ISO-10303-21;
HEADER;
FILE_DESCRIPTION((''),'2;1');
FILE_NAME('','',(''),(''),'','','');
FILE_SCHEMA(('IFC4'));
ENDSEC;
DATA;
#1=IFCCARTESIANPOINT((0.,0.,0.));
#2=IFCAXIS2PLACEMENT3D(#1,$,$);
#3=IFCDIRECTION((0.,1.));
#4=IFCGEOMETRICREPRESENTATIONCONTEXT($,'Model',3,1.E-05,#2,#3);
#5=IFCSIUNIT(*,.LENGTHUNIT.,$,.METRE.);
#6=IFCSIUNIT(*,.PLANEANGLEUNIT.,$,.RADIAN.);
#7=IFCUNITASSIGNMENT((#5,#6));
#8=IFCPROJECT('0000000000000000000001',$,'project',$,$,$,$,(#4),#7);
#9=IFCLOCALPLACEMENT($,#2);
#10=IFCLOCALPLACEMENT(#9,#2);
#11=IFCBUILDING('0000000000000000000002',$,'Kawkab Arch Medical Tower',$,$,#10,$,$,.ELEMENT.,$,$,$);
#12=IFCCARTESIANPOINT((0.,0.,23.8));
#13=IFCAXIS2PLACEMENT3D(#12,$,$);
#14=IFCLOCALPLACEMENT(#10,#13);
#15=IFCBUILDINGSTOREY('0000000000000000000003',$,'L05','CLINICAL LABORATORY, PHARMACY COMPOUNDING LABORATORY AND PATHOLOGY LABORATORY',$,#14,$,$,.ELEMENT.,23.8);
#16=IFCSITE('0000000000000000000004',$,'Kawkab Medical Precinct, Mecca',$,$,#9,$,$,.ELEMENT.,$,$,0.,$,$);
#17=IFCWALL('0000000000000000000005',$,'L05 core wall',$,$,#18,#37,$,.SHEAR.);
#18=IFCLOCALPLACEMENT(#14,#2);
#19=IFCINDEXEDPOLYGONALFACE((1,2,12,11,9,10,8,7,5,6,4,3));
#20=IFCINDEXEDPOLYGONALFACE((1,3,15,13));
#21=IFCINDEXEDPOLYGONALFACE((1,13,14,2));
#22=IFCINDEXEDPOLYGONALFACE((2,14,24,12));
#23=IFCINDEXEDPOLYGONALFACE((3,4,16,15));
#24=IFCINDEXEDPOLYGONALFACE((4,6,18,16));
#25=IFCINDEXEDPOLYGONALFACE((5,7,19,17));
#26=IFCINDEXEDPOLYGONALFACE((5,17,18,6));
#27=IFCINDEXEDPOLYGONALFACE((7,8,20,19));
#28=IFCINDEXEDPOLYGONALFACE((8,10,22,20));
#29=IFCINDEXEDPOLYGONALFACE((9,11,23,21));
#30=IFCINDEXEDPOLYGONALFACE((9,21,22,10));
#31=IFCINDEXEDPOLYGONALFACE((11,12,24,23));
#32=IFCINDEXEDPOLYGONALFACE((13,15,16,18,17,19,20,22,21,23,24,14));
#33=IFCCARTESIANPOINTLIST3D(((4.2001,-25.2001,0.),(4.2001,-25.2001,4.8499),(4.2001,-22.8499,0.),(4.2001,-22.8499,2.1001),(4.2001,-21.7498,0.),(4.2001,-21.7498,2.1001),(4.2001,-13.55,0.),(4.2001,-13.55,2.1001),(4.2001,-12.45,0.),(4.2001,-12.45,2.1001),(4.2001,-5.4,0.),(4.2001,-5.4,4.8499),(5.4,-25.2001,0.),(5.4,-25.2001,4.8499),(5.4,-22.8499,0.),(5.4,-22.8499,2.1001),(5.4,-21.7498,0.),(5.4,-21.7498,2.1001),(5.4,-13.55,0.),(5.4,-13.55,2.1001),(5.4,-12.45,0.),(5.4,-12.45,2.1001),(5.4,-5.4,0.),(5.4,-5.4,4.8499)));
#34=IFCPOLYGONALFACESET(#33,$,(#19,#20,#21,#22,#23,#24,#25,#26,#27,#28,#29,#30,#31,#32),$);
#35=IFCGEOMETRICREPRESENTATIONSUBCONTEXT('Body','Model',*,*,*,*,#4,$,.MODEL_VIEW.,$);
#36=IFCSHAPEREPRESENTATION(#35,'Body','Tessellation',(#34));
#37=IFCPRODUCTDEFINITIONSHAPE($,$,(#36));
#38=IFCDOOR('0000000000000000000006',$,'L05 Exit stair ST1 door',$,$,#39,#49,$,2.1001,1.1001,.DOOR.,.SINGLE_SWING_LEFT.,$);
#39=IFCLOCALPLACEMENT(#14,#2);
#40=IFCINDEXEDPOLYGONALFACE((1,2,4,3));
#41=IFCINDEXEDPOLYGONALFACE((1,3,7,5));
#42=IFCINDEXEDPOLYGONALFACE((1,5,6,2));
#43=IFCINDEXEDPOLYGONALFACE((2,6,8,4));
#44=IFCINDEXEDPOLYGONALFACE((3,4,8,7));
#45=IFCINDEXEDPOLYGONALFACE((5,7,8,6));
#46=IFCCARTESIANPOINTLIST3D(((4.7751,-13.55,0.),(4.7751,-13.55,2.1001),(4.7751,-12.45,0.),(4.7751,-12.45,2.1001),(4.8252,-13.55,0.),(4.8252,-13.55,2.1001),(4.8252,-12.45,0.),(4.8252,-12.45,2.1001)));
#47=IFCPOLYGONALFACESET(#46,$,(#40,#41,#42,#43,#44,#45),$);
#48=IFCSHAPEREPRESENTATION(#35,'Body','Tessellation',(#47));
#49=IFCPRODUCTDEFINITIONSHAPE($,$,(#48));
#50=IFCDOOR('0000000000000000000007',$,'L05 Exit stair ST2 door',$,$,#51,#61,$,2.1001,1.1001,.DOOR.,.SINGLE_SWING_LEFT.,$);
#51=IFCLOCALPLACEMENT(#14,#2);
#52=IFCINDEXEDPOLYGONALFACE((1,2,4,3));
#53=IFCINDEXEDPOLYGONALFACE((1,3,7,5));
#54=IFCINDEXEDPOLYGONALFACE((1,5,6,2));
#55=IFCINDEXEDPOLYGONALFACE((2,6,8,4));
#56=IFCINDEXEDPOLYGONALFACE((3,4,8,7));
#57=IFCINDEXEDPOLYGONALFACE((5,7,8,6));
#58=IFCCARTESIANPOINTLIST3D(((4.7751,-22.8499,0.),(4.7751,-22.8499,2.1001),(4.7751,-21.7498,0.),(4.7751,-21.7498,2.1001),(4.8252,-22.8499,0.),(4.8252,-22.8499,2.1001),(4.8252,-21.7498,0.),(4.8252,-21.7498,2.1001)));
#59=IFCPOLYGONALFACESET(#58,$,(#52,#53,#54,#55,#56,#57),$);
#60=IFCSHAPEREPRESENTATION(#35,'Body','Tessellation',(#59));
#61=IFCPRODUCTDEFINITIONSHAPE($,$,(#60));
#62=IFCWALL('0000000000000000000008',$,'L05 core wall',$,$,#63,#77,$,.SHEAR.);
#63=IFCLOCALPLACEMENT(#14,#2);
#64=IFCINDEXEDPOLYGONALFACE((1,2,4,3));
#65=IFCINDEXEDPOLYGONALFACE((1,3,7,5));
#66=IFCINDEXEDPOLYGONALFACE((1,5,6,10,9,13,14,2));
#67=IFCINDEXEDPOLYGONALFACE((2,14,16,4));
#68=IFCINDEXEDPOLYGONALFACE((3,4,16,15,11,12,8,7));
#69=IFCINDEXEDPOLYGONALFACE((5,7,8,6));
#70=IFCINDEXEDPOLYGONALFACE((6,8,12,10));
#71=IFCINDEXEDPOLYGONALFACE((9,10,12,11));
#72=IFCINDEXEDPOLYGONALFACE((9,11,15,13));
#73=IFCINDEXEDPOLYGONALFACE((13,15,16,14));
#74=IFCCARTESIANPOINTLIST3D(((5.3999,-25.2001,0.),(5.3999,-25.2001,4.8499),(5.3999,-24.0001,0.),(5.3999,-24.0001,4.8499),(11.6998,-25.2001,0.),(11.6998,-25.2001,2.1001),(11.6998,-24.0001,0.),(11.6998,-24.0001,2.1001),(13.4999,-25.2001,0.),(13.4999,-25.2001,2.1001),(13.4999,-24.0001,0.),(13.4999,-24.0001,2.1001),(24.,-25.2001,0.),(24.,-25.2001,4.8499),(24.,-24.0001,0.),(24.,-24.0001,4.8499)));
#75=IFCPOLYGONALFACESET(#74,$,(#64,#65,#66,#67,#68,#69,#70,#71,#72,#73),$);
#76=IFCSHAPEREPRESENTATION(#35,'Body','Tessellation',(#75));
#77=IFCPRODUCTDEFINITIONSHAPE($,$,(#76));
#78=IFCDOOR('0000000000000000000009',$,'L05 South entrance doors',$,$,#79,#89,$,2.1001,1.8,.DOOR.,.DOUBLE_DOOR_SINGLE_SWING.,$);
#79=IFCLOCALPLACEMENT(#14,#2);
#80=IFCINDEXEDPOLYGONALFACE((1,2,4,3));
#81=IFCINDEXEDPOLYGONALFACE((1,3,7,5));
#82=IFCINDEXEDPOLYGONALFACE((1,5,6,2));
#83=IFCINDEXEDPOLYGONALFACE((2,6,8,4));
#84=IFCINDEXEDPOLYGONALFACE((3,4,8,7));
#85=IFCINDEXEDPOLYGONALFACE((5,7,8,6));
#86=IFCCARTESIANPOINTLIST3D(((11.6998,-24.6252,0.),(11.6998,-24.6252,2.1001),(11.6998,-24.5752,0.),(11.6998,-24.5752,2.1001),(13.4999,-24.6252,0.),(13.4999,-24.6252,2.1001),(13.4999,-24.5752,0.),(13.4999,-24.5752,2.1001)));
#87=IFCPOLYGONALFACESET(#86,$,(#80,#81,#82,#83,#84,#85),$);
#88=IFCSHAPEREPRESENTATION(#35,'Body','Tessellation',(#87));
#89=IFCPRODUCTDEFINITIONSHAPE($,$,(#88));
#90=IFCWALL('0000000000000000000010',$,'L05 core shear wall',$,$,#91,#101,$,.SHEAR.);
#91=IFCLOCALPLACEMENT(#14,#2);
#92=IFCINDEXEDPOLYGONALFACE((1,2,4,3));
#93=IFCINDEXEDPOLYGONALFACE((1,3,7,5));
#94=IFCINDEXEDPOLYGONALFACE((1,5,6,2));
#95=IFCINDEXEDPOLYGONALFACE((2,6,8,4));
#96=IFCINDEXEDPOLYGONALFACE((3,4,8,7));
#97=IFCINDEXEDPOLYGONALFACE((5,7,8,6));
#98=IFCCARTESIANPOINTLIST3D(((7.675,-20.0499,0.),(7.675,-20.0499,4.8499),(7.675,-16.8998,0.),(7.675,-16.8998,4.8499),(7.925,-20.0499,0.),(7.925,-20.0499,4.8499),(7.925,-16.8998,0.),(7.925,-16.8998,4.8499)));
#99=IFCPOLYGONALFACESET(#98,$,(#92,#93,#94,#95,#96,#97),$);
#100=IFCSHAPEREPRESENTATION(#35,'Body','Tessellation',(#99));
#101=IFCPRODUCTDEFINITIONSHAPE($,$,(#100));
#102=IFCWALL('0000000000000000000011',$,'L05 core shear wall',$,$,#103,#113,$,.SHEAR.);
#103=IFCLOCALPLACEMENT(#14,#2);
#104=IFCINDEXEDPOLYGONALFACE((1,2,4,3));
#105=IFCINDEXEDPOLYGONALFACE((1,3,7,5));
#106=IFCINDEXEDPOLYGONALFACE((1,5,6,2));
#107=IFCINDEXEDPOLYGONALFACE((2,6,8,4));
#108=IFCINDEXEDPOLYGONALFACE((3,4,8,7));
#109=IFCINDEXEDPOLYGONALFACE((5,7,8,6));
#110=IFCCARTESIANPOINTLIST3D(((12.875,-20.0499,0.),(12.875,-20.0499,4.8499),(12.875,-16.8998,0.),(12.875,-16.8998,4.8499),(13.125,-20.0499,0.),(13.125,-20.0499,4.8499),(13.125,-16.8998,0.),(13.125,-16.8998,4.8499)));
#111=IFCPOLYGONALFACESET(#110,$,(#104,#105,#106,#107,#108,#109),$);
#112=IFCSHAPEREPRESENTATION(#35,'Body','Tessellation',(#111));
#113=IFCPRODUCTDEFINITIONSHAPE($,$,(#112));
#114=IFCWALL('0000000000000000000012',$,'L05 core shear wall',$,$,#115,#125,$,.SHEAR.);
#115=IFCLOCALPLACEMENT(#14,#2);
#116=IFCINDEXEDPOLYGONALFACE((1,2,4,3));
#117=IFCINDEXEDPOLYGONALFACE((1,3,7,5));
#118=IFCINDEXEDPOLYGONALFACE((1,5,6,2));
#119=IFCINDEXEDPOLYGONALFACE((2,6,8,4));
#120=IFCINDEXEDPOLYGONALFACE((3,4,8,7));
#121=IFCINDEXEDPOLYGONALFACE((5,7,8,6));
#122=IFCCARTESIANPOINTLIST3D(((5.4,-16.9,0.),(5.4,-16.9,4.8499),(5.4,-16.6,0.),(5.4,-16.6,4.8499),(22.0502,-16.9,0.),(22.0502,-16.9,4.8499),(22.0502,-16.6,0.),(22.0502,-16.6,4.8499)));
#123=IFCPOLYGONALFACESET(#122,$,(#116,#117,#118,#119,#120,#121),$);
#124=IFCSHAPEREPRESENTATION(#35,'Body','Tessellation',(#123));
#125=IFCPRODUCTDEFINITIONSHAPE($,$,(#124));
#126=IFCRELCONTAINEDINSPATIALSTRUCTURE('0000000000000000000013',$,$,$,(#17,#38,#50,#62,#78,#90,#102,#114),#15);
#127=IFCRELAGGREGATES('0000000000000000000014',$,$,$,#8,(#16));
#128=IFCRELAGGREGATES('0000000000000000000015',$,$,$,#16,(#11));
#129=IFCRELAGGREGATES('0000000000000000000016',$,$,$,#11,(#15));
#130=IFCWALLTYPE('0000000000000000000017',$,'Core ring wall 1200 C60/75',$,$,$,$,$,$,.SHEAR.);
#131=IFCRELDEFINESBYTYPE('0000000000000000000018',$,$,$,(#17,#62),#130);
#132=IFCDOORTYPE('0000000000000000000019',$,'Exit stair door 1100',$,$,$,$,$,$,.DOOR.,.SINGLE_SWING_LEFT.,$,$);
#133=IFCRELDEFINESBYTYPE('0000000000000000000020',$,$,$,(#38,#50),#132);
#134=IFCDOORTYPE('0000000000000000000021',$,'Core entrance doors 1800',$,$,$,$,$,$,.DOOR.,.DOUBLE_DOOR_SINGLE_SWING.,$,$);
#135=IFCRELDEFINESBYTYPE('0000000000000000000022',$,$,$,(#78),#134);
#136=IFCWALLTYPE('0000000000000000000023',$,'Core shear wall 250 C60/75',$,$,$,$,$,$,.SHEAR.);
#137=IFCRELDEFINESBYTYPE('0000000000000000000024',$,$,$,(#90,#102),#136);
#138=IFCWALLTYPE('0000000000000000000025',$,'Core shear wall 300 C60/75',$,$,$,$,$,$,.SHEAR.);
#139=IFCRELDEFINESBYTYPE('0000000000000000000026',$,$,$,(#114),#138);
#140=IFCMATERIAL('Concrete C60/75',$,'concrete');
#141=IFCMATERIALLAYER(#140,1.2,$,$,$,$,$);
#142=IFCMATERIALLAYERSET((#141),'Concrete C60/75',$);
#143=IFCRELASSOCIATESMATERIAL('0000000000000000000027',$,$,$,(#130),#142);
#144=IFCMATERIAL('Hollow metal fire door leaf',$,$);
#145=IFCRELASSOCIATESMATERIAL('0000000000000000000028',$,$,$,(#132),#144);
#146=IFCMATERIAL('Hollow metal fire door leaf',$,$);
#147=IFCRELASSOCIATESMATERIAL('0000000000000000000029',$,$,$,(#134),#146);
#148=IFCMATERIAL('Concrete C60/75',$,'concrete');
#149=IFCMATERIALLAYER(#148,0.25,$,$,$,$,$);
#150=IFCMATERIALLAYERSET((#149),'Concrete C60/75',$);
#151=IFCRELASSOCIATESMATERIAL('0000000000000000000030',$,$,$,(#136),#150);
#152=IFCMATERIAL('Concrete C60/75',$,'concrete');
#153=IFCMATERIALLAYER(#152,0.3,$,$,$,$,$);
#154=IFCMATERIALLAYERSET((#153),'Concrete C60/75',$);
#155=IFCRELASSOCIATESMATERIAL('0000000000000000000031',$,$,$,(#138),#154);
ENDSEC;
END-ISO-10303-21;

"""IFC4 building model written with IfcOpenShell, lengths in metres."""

from ifc_helpers import new_model, si_unit, direction, frame, frame_2d, origin, place, context, subcontext, project, spatial, rectangle, extrude, material, layer, layer_set, type_object, element, fill, save


model = new_model("IFC4")

# Units and contexts
model_context = context("Model", 3, precision=1e-05, world=origin(), true_north=direction((0.0, 1.0)))
body_context = subcontext(model_context, "Body", "Model", "MODEL_VIEW")
ifc_project = project(units=[si_unit("LENGTHUNIT", "METRE"), si_unit("PLANEANGLEUNIT", "RADIAN")], contexts=[model_context])

# Site, building, storey
site_placement = place(None, origin())
site = spatial("IfcSite", under=ifc_project, at=site_placement, Name="Kawkab Medical Precinct, Mecca", CompositionType="ELEMENT", RefElevation=0.0)
building_placement = place(site_placement, origin())
building = spatial("IfcBuilding", under=site, at=building_placement, Name="Kawkab Arch Medical Tower", CompositionType="ELEMENT")
storey_placement = place(building_placement, frame((0.0, 0.0, 23.8)))
storey = spatial("IfcBuildingStorey", under=building, at=storey_placement, Name="L05", Description="CLINICAL LABORATORY, PHARMACY COMPOUNDING LABORATORY AND PATHOLOGY LABORATORY", CompositionType="ELEMENT", Elevation=23.8)

# Wall, openings, doors
ifc_material_1 = material(Name="Concrete C60/75", Category="concrete")
ifc_layer_1 = layer(ifc_material_1, 1.2)
ifc_layer_set_1 = layer_set([ifc_layer_1], Name="Concrete C60/75")
wall_type_1 = type_object("IfcWallType", Name="Core ring wall 1200 C60/75", PredefinedType="SHEAR", material=ifc_layer_set_1)
wall_1_placement = place(storey_placement, frame((4.8, -25.2, 0.0), z_axis=(0.0, 0.0, 1.0), x_axis=(0.0, 1.0, 0.0)))
wall_1 = element("IfcWall", 1, at=wall_1_placement, inside=storey, type_object=wall_type_1, Name="L05 core wall", PredefinedType="SHEAR", context=body_context, shape_type="SweptSolid", body=[
    extrude(rectangle(XDim=19.8, YDim=1.2, at=frame_2d((9.8999, 0.0))), origin(), (0.0, 0.0, 1.0), 4.8499),
])
opening_1_placement = place(wall_1_placement, frame((11.6499, 0.0, 0.0)))
opening_1 = element("IfcOpeningElement", 2, at=opening_1_placement, cuts=wall_1, PredefinedType="OPENING", context=body_context, shape_type="SweptSolid", body=[
    extrude(rectangle(XDim=1.1001, YDim=2.1001, at=frame_2d((0.55, 1.05))), frame((0.0, 0.6099, 0.0), z_axis=(0.0, -1.0, 0.0), x_axis=(1.0, 0.0, 0.0)), (0.0, 0.0, 1.0), 1.22),
])
opening_2_placement = place(wall_1_placement, frame((2.3501, 0.0, 0.0)))
opening_2 = element("IfcOpeningElement", 3, at=opening_2_placement, cuts=wall_1, PredefinedType="OPENING", context=body_context, shape_type="SweptSolid", body=[
    extrude(rectangle(XDim=1.1001, YDim=2.1001, at=frame_2d((0.55, 1.05))), frame((0.0, 0.6099, 0.0), z_axis=(0.0, -1.0, 0.0), x_axis=(1.0, 0.0, 0.0)), (0.0, 0.0, 1.0), 1.22),
])
ifc_material_2 = material(Name="Hollow metal fire door leaf")
door_type_1 = type_object("IfcDoorType", Name="Exit stair door 1100", OperationType="SINGLE_SWING_LEFT", PredefinedType="DOOR", material=ifc_material_2)
door_1_placement = place(opening_1_placement, origin())
door_1 = element("IfcDoor", 4, at=door_1_placement, inside=storey, type_object=door_type_1, Name="L05 Exit stair ST1 door", OperationType="SINGLE_SWING_LEFT", OverallHeight=2.1001, OverallWidth=1.1001, PredefinedType="DOOR", context=body_context, shape_type="SweptSolid", body=[
    extrude(rectangle(XDim=1.1001, YDim=2.1001, at=frame_2d((0.55, 1.05))), frame((0.0, 0.0249, 0.0), z_axis=(0.0, -1.0, 0.0), x_axis=(1.0, 0.0, 0.0)), (0.0, 0.0, 1.0), 0.05),
])
fill(opening_1, door_1)
door_2_placement = place(opening_2_placement, origin())
door_2 = element("IfcDoor", 5, at=door_2_placement, inside=storey, type_object=door_type_1, Name="L05 Exit stair ST2 door", OperationType="SINGLE_SWING_LEFT", OverallHeight=2.1001, OverallWidth=1.1001, PredefinedType="DOOR", context=body_context, shape_type="SweptSolid", body=[
    extrude(rectangle(XDim=1.1001, YDim=2.1001, at=frame_2d((0.55, 1.05))), frame((0.0, 0.0249, 0.0), z_axis=(0.0, -1.0, 0.0), x_axis=(1.0, 0.0, 0.0)), (0.0, 0.0, 1.0), 0.05),
])
fill(opening_2, door_2)

# Wall, opening, door
wall_2_placement = place(storey_placement, frame((5.3999, -24.6001, 0.0), z_axis=(0.0, 0.0, 1.0), x_axis=(1.0, 0.0, 0.0)))
wall_2 = element("IfcWall", 6, at=wall_2_placement, inside=storey, type_object=wall_type_1, Name="L05 core wall", PredefinedType="SHEAR", context=body_context, shape_type="SweptSolid", body=[
    extrude(rectangle(XDim=18.6001, YDim=1.2, at=frame_2d((9.3, 0.0))), origin(), (0.0, 0.0, 1.0), 4.8499),
])
opening_3_placement = place(wall_2_placement, frame((6.3, 0.0, 0.0)))
opening_3 = element("IfcOpeningElement", 7, at=opening_3_placement, cuts=wall_2, PredefinedType="OPENING", context=body_context, shape_type="SweptSolid", body=[
    extrude(rectangle(XDim=1.8, YDim=2.1001, at=frame_2d((0.8999, 1.05))), frame((0.0, 0.6099, 0.0), z_axis=(0.0, -1.0, 0.0), x_axis=(1.0, 0.0, 0.0)), (0.0, 0.0, 1.0), 1.22),
])
ifc_material_3 = material(Name="Hollow metal fire door leaf")
door_type_2 = type_object("IfcDoorType", Name="Core entrance doors 1800", OperationType="DOUBLE_DOOR_SINGLE_SWING", PredefinedType="DOOR", material=ifc_material_3)
door_3_placement = place(opening_3_placement, origin())
door_3 = element("IfcDoor", 8, at=door_3_placement, inside=storey, type_object=door_type_2, Name="L05 South entrance doors", OperationType="DOUBLE_DOOR_SINGLE_SWING", OverallHeight=2.1001, OverallWidth=1.8, PredefinedType="DOOR", context=body_context, shape_type="SweptSolid", body=[
    extrude(rectangle(XDim=1.8, YDim=2.1001, at=frame_2d((0.8999, 1.05))), frame((0.0, 0.0249, 0.0), z_axis=(0.0, -1.0, 0.0), x_axis=(1.0, 0.0, 0.0)), (0.0, 0.0, 1.0), 0.05),
])
fill(opening_3, door_3)

# Walls
ifc_material_4 = material(Name="Concrete C60/75", Category="concrete")
ifc_layer_2 = layer(ifc_material_4, 0.25)
ifc_layer_set_2 = layer_set([ifc_layer_2], Name="Concrete C60/75")
wall_type_2 = type_object("IfcWallType", Name="Core shear wall 250 C60/75", PredefinedType="SHEAR", material=ifc_layer_set_2)
for number, where, z_axis, x_axis, name in (
    (9, (7.8, -20.05, 0.0), (0.0, 0.0, 1.0), (0.0, 1.0, 0.0), "L05 core shear wall"),
    (10, (13.0, -20.05, 0.0), (0.0, 0.0, 1.0), (0.0, 1.0, 0.0), "L05 core shear wall"),
):
    element("IfcWall", number, at=place(storey_placement, frame(where, z_axis=z_axis, x_axis=x_axis)), inside=storey, type_object=wall_type_2, Name=name, PredefinedType="SHEAR", context=body_context, shape_type="SweptSolid", body=[
        extrude(rectangle(XDim=3.1501, YDim=0.25, at=frame_2d((1.5752, 0.0))), origin(), (0.0, 0.0, 1.0), 4.8499),
    ])
ifc_material_5 = material(Name="Concrete C60/75", Category="concrete")
ifc_layer_3 = layer(ifc_material_5, 0.3)
ifc_layer_set_3 = layer_set([ifc_layer_3], Name="Concrete C60/75")
wall_type_3 = type_object("IfcWallType", Name="Core shear wall 300 C60/75", PredefinedType="SHEAR", material=ifc_layer_set_3)
wall_3_placement = place(storey_placement, frame((5.3999, -16.75, 0.0), z_axis=(0.0, 0.0, 1.0), x_axis=(1.0, 0.0, 0.0)))
element("IfcWall", 11, at=wall_3_placement, inside=storey, type_object=wall_type_3, Name="L05 core shear wall", PredefinedType="SHEAR", context=body_context, shape_type="SweptSolid", body=[
    extrude(rectangle(XDim=16.6501, YDim=0.3, at=frame_2d((8.3252, 0.0))), origin(), (0.0, 0.0, 1.0), 4.8499),
])

save(model, "model.ifc")
